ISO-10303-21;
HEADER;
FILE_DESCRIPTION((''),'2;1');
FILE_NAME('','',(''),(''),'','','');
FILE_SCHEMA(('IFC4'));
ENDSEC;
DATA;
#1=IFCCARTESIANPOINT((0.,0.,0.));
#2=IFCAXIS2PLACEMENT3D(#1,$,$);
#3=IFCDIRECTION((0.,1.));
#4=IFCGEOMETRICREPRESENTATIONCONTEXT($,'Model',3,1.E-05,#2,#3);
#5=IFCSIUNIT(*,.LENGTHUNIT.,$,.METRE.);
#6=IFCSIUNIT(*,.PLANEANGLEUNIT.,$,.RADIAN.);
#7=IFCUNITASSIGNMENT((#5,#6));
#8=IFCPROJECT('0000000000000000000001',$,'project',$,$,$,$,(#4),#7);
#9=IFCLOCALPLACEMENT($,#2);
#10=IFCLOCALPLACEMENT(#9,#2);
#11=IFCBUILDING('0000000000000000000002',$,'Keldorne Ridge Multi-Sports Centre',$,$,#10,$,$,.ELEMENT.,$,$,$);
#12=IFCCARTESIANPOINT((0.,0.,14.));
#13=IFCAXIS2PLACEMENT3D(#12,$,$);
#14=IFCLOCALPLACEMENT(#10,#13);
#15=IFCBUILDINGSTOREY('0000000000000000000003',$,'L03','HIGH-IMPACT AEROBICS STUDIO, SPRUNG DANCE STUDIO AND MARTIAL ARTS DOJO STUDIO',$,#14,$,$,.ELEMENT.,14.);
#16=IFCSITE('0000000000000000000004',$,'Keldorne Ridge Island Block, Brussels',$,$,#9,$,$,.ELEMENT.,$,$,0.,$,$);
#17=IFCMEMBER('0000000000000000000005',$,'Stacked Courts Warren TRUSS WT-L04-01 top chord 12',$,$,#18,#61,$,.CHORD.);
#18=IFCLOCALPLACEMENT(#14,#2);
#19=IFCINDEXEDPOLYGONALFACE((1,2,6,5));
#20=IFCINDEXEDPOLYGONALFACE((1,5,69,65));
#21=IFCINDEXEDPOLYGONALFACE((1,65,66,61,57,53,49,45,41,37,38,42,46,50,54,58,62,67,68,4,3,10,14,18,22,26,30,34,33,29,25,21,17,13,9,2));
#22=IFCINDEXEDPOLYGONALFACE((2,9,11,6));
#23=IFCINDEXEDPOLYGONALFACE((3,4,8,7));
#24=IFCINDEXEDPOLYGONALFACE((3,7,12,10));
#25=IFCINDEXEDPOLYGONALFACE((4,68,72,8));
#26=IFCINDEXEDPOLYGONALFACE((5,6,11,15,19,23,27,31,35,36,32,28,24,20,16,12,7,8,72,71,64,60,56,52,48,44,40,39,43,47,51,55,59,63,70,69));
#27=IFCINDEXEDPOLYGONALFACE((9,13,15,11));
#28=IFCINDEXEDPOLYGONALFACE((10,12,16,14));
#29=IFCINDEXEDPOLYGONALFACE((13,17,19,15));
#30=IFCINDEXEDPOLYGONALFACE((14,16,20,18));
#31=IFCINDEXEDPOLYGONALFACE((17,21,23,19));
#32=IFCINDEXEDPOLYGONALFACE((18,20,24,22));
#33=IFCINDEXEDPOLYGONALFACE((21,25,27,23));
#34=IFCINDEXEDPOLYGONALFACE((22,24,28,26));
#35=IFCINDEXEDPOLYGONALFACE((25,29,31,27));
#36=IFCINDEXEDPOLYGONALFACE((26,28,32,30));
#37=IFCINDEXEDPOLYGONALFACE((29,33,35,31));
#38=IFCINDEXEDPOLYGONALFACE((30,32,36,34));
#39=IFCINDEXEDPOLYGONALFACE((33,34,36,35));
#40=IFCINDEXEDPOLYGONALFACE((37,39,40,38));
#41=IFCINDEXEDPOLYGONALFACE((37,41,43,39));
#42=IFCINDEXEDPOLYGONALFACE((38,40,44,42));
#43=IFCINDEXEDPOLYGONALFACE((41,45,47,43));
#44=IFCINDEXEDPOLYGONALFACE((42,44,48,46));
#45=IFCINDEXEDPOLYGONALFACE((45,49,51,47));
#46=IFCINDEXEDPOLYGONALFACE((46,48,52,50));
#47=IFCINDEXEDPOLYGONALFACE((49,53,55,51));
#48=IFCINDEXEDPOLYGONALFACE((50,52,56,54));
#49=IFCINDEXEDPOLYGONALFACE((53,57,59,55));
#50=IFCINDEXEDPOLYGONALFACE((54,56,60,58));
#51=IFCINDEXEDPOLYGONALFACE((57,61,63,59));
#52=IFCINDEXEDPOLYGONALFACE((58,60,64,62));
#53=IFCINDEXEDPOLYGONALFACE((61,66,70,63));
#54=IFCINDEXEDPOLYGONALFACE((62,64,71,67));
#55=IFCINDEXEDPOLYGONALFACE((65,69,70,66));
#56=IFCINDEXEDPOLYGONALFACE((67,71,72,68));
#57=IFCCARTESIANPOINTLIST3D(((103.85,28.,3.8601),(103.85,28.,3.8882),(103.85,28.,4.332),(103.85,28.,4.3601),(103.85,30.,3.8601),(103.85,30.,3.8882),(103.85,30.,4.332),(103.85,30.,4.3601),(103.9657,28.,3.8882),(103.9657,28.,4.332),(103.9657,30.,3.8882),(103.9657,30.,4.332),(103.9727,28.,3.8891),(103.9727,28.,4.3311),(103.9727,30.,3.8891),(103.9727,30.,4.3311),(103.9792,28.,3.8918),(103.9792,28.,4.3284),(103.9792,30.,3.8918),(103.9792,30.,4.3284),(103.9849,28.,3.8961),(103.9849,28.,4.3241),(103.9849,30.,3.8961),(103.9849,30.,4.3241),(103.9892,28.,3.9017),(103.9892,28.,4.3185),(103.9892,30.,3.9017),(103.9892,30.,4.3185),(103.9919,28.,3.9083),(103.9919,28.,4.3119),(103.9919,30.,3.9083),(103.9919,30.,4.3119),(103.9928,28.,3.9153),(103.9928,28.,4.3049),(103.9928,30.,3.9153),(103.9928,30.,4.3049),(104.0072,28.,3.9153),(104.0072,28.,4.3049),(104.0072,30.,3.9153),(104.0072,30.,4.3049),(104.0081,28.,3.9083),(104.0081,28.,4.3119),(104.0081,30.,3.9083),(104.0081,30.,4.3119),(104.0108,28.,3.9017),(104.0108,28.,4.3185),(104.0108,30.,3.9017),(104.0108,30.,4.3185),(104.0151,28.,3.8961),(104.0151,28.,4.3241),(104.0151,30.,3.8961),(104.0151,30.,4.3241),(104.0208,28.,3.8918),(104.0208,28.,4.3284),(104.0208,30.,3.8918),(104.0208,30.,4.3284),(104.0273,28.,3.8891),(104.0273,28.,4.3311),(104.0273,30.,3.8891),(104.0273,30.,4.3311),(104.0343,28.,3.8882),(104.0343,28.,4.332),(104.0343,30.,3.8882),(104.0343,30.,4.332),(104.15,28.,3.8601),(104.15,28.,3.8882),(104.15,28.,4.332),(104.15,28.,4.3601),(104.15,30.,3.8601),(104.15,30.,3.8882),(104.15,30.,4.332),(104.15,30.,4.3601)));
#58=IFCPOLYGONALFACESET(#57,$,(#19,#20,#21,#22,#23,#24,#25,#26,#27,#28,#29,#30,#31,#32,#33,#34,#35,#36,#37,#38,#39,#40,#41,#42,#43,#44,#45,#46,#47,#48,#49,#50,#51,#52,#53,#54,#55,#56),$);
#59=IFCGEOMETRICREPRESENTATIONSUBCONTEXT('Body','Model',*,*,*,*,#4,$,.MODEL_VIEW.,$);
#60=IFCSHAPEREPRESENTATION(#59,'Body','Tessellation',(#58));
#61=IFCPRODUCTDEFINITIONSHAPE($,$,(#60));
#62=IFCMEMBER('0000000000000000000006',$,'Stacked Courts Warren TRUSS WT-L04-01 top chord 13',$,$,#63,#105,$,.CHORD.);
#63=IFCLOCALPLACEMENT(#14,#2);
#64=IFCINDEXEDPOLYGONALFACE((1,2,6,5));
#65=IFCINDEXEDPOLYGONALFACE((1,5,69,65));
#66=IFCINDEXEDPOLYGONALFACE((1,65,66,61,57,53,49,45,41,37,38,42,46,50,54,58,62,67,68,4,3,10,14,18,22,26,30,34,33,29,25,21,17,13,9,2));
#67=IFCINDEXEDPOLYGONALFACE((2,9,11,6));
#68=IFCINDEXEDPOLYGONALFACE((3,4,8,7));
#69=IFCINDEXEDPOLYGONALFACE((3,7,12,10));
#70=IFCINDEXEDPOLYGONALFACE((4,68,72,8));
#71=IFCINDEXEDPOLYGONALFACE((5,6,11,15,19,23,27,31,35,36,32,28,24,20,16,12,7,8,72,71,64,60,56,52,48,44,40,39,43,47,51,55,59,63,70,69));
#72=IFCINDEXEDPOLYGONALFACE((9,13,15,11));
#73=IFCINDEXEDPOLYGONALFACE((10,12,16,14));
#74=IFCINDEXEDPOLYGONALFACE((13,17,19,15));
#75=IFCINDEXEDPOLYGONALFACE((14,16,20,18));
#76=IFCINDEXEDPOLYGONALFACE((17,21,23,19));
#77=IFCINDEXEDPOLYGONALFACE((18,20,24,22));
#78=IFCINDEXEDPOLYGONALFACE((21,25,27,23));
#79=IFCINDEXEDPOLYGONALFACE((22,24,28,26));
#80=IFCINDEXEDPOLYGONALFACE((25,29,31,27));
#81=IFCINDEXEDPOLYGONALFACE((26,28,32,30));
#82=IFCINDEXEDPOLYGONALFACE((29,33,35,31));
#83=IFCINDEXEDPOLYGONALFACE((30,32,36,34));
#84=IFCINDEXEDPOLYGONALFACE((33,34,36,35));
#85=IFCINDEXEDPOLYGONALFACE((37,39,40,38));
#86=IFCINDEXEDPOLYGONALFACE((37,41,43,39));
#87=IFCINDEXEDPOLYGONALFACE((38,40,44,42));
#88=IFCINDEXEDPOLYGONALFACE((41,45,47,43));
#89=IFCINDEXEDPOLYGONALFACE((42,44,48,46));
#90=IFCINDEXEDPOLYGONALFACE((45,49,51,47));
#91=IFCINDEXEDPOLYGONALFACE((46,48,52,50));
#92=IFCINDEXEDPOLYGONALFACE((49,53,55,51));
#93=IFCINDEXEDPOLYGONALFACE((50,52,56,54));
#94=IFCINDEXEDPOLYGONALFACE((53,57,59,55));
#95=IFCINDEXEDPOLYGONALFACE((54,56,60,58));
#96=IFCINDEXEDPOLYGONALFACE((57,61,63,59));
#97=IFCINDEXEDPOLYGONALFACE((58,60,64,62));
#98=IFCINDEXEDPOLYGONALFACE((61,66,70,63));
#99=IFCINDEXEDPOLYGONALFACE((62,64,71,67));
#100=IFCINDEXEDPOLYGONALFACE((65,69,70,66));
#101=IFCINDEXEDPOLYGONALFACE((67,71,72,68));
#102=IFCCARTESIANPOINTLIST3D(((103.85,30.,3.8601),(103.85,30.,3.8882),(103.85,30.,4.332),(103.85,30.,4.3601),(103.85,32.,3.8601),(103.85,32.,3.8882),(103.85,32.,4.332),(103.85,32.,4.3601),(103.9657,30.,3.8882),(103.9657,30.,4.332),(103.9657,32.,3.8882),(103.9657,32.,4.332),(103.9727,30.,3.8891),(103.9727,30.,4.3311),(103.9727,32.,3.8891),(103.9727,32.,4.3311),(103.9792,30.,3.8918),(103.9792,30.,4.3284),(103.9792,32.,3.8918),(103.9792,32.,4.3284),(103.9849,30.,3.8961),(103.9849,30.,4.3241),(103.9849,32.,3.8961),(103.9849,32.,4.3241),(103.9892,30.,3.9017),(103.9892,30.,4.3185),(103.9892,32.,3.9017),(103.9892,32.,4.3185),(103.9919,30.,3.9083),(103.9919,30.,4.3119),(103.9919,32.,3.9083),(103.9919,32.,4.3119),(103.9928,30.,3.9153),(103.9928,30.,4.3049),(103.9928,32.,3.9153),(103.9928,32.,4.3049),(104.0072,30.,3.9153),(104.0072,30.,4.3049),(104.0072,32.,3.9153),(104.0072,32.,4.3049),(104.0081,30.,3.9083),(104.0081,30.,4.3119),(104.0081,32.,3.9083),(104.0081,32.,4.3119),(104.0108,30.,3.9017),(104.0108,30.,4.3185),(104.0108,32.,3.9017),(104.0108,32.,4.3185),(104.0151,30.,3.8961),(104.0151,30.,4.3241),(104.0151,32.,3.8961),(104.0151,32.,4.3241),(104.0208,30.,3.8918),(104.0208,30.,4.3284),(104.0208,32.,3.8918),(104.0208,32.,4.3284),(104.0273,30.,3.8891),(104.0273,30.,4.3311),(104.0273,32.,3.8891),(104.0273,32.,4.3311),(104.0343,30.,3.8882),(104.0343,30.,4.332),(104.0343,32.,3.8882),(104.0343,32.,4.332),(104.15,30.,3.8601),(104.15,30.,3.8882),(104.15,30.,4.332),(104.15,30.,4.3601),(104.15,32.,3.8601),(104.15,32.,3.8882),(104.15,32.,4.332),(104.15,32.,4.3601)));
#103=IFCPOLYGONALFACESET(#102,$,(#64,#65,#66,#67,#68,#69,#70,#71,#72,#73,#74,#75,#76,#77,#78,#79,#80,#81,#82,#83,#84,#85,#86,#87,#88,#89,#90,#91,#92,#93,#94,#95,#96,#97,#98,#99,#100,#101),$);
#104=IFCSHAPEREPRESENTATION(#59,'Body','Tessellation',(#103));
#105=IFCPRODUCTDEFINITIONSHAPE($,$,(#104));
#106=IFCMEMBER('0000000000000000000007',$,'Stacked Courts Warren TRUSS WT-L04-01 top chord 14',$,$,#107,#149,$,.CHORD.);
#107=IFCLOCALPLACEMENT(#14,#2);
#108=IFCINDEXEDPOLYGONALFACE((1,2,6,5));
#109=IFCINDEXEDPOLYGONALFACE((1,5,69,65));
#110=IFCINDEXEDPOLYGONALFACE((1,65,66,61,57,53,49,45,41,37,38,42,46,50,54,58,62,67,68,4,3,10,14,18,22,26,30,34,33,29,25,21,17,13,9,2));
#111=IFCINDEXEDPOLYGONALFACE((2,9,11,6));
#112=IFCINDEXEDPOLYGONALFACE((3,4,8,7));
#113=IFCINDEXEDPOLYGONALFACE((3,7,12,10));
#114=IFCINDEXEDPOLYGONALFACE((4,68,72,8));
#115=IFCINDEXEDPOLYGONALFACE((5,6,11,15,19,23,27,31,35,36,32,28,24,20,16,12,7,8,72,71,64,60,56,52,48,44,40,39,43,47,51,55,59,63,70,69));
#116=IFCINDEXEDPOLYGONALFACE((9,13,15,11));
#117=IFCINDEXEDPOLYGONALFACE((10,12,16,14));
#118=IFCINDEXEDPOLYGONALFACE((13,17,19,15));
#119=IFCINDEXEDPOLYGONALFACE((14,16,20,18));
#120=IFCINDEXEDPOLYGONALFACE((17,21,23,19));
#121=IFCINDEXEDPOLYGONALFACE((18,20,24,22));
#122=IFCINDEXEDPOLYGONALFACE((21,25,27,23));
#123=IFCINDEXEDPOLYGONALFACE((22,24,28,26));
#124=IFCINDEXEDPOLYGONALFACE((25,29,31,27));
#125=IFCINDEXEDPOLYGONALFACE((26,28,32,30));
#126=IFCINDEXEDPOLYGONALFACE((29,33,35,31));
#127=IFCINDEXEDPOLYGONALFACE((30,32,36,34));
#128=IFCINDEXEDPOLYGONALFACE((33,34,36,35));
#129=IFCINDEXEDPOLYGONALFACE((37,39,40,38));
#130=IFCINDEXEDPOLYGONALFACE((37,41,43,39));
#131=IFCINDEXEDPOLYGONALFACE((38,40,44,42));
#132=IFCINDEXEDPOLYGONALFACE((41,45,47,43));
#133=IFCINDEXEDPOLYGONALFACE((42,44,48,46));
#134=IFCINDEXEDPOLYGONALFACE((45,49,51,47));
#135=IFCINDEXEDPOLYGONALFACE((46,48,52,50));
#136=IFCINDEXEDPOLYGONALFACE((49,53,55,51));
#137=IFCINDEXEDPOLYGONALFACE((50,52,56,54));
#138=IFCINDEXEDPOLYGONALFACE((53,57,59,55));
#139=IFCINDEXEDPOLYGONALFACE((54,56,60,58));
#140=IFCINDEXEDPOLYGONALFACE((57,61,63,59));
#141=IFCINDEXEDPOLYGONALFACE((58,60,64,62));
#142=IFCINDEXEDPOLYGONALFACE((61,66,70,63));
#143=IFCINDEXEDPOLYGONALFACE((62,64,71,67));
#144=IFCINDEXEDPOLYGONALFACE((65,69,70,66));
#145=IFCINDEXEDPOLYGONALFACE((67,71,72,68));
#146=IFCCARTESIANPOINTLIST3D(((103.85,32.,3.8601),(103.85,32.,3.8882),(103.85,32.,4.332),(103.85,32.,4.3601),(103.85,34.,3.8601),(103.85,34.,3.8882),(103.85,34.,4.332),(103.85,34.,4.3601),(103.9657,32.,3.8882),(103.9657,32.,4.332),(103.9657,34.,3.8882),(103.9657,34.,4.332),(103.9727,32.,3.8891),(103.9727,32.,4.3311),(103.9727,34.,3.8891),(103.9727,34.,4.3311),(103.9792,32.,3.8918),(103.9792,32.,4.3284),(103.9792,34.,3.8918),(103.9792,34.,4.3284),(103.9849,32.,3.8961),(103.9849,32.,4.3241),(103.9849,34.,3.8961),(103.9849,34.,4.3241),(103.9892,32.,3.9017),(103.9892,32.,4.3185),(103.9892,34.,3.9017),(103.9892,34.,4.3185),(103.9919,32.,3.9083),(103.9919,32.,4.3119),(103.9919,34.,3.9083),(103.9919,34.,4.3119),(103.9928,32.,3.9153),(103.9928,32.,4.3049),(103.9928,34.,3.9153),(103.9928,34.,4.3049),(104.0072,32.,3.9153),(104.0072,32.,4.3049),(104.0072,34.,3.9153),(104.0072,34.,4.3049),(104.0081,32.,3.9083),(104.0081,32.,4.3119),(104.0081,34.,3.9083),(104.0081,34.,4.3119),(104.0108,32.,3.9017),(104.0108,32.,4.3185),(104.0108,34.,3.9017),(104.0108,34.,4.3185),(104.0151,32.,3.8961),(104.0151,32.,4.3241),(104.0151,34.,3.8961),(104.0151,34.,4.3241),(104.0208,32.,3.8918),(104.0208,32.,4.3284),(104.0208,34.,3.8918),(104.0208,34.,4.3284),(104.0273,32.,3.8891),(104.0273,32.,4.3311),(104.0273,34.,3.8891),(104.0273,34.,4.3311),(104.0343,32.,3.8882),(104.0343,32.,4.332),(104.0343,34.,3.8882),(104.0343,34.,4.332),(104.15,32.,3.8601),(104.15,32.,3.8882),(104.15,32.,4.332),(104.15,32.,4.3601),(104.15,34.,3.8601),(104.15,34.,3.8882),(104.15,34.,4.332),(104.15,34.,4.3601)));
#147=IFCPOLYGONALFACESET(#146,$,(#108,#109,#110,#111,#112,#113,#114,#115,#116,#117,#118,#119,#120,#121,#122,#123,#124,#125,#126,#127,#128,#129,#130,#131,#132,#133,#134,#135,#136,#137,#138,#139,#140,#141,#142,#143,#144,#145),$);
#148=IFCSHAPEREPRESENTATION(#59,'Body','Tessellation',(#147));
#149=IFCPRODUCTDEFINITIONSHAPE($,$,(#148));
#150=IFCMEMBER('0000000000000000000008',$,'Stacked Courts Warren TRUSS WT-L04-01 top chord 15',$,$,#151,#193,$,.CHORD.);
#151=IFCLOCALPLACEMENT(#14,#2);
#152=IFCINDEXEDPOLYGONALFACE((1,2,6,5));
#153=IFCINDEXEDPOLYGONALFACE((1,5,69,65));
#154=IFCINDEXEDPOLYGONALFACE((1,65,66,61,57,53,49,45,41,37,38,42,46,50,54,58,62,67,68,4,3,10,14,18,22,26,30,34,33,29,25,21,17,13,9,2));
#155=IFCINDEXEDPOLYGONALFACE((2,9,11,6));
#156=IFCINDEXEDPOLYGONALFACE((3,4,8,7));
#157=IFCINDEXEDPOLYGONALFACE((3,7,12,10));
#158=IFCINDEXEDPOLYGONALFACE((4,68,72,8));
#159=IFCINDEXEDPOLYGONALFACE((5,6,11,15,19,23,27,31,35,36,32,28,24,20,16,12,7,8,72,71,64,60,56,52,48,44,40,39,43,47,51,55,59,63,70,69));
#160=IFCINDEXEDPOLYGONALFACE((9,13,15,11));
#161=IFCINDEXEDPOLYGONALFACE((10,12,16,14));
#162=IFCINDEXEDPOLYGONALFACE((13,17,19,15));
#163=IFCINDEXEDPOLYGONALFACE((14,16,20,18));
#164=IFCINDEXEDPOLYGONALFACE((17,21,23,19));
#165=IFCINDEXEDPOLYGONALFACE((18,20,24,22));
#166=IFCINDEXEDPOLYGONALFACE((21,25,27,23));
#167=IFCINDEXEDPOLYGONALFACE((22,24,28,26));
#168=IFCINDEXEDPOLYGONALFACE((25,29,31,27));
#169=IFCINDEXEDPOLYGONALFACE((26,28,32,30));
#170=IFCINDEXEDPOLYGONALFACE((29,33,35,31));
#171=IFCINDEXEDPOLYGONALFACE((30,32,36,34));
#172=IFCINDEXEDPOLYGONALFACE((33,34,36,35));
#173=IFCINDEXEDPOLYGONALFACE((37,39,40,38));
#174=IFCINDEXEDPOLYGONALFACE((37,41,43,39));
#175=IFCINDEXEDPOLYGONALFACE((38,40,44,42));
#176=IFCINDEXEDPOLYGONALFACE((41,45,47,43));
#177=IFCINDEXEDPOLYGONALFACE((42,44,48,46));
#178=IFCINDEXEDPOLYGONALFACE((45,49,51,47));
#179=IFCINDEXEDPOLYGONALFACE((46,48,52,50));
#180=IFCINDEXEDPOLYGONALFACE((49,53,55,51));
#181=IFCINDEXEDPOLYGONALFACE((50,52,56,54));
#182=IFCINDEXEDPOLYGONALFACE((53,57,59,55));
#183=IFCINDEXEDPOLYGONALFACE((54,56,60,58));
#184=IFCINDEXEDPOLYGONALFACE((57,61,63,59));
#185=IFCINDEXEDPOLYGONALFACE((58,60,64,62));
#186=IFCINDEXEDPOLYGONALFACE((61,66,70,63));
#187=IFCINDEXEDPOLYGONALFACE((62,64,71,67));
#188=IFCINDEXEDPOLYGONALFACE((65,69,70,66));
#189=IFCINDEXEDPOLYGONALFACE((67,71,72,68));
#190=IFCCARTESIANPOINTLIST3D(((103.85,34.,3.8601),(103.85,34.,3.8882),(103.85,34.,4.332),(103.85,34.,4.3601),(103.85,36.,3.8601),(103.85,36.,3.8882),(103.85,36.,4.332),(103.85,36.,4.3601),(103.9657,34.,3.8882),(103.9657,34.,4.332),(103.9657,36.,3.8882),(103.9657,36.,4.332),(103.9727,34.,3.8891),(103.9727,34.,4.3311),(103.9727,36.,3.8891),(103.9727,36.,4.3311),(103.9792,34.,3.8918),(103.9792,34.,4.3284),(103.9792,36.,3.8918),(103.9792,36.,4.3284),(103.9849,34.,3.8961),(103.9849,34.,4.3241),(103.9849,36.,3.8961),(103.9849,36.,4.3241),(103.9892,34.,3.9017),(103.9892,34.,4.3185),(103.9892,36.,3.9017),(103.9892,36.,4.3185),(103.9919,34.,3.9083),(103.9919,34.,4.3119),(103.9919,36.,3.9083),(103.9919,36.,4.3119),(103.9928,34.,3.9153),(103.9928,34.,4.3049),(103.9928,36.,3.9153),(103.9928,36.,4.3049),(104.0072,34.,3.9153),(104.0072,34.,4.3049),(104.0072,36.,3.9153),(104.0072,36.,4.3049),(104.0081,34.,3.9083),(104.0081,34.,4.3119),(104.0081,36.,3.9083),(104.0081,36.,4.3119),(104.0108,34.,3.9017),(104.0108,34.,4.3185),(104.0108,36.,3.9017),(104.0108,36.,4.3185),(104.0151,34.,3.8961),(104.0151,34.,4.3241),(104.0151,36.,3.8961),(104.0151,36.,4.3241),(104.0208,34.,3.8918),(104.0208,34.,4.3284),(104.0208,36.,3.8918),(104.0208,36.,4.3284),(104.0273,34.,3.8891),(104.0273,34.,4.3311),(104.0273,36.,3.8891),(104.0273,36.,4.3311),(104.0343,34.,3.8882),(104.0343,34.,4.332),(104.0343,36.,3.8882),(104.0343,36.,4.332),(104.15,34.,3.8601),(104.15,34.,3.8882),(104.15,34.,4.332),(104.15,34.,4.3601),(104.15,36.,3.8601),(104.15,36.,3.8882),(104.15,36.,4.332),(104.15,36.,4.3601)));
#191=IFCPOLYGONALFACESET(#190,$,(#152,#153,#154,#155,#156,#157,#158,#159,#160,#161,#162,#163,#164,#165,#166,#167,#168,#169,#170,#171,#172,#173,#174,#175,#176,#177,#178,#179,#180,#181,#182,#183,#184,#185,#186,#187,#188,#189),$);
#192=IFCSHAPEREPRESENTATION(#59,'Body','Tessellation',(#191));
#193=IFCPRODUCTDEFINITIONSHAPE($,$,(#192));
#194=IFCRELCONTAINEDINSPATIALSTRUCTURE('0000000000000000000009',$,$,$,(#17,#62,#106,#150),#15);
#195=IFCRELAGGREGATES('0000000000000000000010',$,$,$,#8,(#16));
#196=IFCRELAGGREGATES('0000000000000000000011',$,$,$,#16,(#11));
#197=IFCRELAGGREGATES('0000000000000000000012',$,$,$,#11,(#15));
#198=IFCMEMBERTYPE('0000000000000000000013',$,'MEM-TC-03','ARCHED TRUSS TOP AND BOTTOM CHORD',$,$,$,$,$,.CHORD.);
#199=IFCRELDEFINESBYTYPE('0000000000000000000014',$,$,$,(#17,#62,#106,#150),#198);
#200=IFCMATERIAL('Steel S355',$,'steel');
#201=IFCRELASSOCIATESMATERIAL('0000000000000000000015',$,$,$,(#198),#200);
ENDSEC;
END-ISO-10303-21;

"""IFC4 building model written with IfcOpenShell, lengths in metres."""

from ifc_helpers import new_model, si_unit, direction, frame, origin, origin_2d, place, context, subcontext, project, spatial, i_section, extrude, material, material_profile, profile_set, type_object, element, save


model = new_model("IFC4")

# Units and contexts
model_context = context("Model", 3, precision=1e-05, world=origin(), true_north=direction((0.0, 1.0)))
body_context = subcontext(model_context, "Body", "Model", "MODEL_VIEW")
ifc_project = project(units=[si_unit("LENGTHUNIT", "METRE"), si_unit("PLANEANGLEUNIT", "RADIAN")], contexts=[model_context])

# Site, building, storey
site_placement = place(None, origin())
site = spatial("IfcSite", under=ifc_project, at=site_placement, Name="Keldorne Ridge Island Block, Brussels", CompositionType="ELEMENT", RefElevation=0.0)
building_placement = place(site_placement, origin())
building = spatial("IfcBuilding", under=site, at=building_placement, Name="Keldorne Ridge Multi-Sports Centre", CompositionType="ELEMENT")
storey_placement = place(building_placement, frame((0.0, 0.0, 14.0)))
storey = spatial("IfcBuildingStorey", under=building, at=storey_placement, Name="L03", Description="HIGH-IMPACT AEROBICS STUDIO, SPRUNG DANCE STUDIO AND MARTIAL ARTS DOJO STUDIO", CompositionType="ELEMENT", Elevation=14.0)

# Shared definitions
ifc_material_1 = material(Name="Steel S355", Category="steel")

# Members
ifc_material_profile_1 = material_profile(ifc_material_1, i_section(OverallWidth=0.3, OverallDepth=0.5, WebThickness=0.0144, FlangeThickness=0.0281, FilletRadius=0.0271, at=origin_2d()), Name="HEB 500")
ifc_profile_set_1 = profile_set([ifc_material_profile_1], Name="Steel S355")
member_type_1 = type_object("IfcMemberType", Name="MEM-TC-03", Description="ARCHED TRUSS TOP AND BOTTOM CHORD", PredefinedType="CHORD", material=ifc_profile_set_1)
for number, where, z_axis, x_axis, name in (
    (1, (104.0, 28.0, 4.1101), (0.0, 1.0, 0.0), (-1.0, 0.0, 0.0), "Stacked Courts Warren TRUSS WT-L04-01 top chord 12"),
    (2, (104.0, 30.0, 4.1101), (0.0, 1.0, 0.0), (-1.0, 0.0, 0.0), "Stacked Courts Warren TRUSS WT-L04-01 top chord 13"),
    (3, (104.0, 32.0, 4.1101), (0.0, 1.0, 0.0), (-1.0, 0.0, 0.0), "Stacked Courts Warren TRUSS WT-L04-01 top chord 14"),
    (4, (104.0, 34.0, 4.1101), (0.0, 1.0, 0.0), (-1.0, 0.0, 0.0), "Stacked Courts Warren TRUSS WT-L04-01 top chord 15"),
):
    element("IfcMember", number, at=place(storey_placement, frame(where, z_axis=z_axis, x_axis=x_axis)), inside=storey, type_object=member_type_1, Name=name, PredefinedType="CHORD", context=body_context, shape_type="SweptSolid", body=[
        extrude(i_section(OverallWidth=0.3, OverallDepth=0.5, WebThickness=0.0144, FlangeThickness=0.0281, FilletRadius=0.0271, at=origin_2d()), origin(), (0.0, 0.0, 1.0), 2.0),
    ])

save(model, "model.ifc")
